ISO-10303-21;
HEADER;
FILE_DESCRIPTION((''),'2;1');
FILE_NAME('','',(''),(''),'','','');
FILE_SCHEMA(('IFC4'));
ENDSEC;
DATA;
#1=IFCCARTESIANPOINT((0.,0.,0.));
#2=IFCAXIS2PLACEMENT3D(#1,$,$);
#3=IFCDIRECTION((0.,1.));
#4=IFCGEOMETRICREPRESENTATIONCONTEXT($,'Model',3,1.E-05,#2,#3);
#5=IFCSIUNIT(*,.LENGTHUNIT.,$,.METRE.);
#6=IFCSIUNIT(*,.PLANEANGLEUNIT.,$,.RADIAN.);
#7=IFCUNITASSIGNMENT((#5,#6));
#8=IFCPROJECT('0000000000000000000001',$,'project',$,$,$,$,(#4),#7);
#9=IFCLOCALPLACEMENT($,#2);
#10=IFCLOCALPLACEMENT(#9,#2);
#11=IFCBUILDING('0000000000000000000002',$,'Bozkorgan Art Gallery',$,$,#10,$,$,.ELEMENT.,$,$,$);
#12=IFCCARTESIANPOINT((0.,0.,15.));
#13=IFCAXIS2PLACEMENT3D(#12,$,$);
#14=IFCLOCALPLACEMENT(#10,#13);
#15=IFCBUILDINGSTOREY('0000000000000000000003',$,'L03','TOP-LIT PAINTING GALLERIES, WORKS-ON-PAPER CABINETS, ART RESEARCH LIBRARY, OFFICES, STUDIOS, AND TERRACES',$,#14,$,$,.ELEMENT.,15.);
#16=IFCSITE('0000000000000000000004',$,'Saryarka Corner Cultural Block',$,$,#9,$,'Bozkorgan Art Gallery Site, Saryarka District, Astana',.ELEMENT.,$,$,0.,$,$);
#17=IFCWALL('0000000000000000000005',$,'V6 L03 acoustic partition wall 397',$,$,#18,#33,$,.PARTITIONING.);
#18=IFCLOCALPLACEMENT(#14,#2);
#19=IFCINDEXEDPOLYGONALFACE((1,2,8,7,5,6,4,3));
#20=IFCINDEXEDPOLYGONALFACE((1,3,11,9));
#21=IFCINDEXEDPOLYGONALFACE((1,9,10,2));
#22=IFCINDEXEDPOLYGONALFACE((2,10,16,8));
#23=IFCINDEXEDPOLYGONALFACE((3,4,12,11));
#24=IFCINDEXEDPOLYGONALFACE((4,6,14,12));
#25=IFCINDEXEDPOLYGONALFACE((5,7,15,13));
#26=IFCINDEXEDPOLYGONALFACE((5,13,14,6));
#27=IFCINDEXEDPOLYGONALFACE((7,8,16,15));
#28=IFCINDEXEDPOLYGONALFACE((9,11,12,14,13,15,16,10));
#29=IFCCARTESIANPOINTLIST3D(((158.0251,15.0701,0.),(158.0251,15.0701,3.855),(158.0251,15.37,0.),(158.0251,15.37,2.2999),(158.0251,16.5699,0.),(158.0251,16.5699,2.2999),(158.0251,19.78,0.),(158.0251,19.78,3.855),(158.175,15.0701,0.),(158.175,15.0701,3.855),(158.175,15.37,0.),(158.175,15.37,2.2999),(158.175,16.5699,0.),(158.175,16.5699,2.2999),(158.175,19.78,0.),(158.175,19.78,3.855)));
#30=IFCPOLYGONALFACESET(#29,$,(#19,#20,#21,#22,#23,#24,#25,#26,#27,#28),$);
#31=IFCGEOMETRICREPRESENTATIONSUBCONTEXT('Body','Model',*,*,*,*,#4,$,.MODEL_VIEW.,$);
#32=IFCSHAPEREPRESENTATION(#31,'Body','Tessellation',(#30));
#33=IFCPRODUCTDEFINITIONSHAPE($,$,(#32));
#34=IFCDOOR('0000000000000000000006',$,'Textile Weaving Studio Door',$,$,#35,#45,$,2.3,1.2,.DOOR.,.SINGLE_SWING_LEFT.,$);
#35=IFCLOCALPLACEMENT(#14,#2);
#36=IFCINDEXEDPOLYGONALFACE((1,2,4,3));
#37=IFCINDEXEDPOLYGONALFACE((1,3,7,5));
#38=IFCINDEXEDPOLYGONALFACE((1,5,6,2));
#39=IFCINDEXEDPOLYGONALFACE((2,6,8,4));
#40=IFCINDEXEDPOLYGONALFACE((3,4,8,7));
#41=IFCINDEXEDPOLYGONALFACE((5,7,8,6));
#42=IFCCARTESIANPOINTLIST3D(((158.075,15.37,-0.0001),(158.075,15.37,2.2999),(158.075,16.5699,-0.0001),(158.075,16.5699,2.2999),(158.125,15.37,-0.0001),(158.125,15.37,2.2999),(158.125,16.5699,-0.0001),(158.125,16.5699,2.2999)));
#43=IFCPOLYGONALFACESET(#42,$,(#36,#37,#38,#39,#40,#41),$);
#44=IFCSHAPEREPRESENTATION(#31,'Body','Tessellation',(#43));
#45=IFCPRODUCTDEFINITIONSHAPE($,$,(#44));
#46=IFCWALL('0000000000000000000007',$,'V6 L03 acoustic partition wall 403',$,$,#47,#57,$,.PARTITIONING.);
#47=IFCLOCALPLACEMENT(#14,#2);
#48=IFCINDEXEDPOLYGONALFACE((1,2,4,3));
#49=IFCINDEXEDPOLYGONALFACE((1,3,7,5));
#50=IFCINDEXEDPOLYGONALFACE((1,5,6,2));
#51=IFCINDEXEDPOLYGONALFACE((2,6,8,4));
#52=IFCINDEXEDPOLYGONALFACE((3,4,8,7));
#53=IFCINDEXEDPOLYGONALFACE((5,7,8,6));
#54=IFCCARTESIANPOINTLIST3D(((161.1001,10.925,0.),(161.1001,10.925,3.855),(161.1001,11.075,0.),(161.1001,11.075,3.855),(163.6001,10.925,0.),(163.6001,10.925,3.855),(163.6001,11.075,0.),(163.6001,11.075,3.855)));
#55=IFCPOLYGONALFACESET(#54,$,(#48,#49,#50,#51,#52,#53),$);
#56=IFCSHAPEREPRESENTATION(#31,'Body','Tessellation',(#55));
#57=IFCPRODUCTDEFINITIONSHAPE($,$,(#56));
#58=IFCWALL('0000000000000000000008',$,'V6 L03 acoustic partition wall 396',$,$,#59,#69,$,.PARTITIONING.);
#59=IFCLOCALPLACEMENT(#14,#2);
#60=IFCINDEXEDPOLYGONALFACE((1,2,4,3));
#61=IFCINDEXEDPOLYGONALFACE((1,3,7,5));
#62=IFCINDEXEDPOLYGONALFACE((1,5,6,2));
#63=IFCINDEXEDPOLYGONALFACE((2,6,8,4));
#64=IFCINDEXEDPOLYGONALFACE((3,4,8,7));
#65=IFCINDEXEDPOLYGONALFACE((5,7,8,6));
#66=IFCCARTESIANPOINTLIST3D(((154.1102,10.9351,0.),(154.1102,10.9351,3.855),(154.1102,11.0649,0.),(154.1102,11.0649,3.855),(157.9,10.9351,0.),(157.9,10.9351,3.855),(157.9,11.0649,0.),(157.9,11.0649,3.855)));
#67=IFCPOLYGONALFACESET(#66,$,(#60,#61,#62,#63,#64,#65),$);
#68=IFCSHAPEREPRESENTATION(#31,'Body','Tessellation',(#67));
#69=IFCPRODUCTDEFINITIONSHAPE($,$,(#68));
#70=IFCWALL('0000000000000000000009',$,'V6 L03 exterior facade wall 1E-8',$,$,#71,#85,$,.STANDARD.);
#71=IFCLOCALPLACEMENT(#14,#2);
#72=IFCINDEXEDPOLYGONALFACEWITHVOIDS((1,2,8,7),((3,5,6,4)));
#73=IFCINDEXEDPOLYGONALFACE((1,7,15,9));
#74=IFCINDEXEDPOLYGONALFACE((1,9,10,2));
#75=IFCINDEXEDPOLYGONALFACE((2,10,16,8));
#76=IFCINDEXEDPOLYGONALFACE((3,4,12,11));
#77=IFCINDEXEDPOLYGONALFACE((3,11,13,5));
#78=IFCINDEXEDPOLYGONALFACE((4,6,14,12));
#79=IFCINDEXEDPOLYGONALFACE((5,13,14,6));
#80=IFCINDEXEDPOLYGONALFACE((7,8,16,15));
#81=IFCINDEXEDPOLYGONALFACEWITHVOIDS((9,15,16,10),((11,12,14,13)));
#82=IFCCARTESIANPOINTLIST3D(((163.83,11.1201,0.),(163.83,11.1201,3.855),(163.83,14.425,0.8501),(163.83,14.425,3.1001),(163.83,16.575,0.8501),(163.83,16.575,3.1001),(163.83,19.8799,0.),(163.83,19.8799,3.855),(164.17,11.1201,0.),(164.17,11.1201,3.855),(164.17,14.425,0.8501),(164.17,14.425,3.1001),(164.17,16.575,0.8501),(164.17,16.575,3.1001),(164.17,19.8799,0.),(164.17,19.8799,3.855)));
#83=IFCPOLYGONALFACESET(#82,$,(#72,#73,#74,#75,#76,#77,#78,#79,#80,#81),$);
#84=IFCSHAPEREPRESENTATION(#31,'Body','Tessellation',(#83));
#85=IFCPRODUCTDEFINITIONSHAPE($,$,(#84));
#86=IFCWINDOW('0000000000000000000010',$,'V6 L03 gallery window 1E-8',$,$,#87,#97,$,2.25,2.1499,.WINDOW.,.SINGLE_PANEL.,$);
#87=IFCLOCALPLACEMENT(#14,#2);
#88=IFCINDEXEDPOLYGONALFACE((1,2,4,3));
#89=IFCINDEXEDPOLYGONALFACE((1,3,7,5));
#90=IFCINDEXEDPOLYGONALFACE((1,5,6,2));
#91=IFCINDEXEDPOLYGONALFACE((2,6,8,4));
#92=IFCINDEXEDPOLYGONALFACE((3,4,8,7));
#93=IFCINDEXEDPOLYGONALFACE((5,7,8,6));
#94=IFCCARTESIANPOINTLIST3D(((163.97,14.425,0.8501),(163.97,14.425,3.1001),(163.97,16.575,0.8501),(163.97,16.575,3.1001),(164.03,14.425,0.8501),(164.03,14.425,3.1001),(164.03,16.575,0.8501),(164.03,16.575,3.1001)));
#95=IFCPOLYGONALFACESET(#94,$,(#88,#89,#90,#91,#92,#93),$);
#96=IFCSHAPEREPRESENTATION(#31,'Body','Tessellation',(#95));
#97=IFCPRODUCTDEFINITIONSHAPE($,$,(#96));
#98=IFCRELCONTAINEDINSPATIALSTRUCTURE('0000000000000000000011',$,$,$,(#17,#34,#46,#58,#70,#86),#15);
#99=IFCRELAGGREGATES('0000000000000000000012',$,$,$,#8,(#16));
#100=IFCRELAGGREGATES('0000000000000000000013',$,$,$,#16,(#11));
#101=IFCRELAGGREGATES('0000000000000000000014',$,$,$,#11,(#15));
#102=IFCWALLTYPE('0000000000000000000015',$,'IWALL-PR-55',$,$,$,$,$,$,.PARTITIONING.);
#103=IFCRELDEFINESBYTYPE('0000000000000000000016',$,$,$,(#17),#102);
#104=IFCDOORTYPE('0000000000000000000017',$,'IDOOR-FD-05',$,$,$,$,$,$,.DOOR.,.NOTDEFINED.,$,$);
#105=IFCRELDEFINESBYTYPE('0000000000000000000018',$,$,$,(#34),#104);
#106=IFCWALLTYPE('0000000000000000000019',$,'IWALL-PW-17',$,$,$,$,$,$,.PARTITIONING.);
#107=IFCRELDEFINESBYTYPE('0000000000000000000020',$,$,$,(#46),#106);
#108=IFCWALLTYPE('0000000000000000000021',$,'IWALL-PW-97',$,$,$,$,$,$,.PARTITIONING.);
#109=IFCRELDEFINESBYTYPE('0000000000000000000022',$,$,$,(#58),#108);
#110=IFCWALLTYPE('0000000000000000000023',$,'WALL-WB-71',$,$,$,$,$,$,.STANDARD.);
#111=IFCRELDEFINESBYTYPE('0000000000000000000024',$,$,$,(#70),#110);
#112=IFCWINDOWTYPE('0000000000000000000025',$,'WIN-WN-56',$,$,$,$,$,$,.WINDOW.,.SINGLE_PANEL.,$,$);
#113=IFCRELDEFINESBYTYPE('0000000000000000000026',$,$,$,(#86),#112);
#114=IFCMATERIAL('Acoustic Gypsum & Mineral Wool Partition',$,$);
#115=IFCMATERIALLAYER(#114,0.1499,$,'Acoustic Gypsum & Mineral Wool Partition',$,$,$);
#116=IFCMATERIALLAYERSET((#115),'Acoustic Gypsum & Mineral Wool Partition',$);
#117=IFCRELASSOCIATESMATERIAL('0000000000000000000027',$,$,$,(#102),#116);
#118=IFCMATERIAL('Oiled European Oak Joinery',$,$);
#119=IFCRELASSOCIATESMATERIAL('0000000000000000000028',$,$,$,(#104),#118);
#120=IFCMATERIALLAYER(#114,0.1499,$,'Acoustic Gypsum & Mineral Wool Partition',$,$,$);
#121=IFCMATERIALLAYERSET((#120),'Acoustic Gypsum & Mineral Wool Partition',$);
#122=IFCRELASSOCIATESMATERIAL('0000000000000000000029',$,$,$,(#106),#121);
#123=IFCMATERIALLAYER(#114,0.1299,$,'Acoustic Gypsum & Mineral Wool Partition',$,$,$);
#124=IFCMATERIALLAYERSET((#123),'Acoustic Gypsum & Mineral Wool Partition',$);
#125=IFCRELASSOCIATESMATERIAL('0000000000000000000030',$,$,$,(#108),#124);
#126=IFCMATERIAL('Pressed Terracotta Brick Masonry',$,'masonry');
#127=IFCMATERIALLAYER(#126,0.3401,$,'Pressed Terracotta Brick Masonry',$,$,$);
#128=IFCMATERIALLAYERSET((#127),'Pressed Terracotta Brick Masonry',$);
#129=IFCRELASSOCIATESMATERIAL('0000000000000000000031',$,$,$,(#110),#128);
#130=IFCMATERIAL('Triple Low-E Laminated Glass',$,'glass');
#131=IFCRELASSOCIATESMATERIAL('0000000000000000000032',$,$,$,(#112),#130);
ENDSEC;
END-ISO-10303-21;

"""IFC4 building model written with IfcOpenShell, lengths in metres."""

from ifc_helpers import new_model, si_unit, direction, frame, frame_2d, origin, place, context, subcontext, project, spatial, rectangle, extrude, material, layer, layer_set, type_object, element, fill, save


model = new_model("IFC4")

# Units and contexts
model_context = context("Model", 3, precision=1e-05, world=origin(), true_north=direction((0.0, 1.0)))
body_context = subcontext(model_context, "Body", "Model", "MODEL_VIEW")
ifc_project = project(units=[si_unit("LENGTHUNIT", "METRE"), si_unit("PLANEANGLEUNIT", "RADIAN")], contexts=[model_context])

# Site, building, storey
site_placement = place(None, origin())
site = spatial("IfcSite", under=ifc_project, at=site_placement, Name="Saryarka Corner Cultural Block", LongName="Bozkorgan Art Gallery Site, Saryarka District, Astana", CompositionType="ELEMENT", RefElevation=0.0)
building_placement = place(site_placement, origin())
building = spatial("IfcBuilding", under=site, at=building_placement, Name="Bozkorgan Art Gallery", CompositionType="ELEMENT")
storey_placement = place(building_placement, frame((0.0, 0.0, 15.0)))
storey = spatial("IfcBuildingStorey", under=building, at=storey_placement, Name="L03", Description="TOP-LIT PAINTING GALLERIES, WORKS-ON-PAPER CABINETS, ART RESEARCH LIBRARY, OFFICES, STUDIOS, AND TERRACES", CompositionType="ELEMENT", Elevation=15.0)

# Wall, opening, door
ifc_material_1 = material(Name="Acoustic Gypsum & Mineral Wool Partition")
ifc_material_2 = material(Name="Oiled European Oak Joinery")
ifc_layer_1 = layer(ifc_material_1, 0.1499, Name="Acoustic Gypsum & Mineral Wool Partition")
ifc_layer_set_1 = layer_set([ifc_layer_1], Name="Acoustic Gypsum & Mineral Wool Partition")
wall_type_1 = type_object("IfcWallType", Name="IWALL-PR-55", PredefinedType="PARTITIONING", material=ifc_layer_set_1)
wall_1_placement = place(storey_placement, frame((158.1001, 15.0701, 0.0), z_axis=(0.0, 0.0, 1.0), x_axis=(0.0, 1.0, 0.0)))
wall_1 = element("IfcWall", 1, at=wall_1_placement, inside=storey, type_object=wall_type_1, Name="V6 L03 acoustic partition wall 397", PredefinedType="PARTITIONING", context=body_context, shape_type="SweptSolid", body=[
    extrude(rectangle(XDim=4.71, YDim=0.1499, at=frame_2d((2.355, 0.0))), origin(), (0.0, 0.0, 1.0), 3.855),
])
opening_1_placement = place(wall_1_placement, frame((1.5, 0.0, 0.0), z_axis=(0.0, 0.0, 1.0), x_axis=(-1.0, 0.0, 0.0)))
opening_1 = element("IfcOpeningElement", 2, at=opening_1_placement, cuts=wall_1, PredefinedType="OPENING", context=body_context, shape_type="SweptSolid", body=[
    extrude(rectangle(XDim=1.2, YDim=2.3, at=frame_2d((0.6001, 1.1499))), frame((0.0, 0.085, 0.0), z_axis=(0.0, -1.0, 0.0), x_axis=(1.0, 0.0, 0.0)), (0.0, 0.0, 1.0), 0.1699),
])
door_type_1 = type_object("IfcDoorType", Name="IDOOR-FD-05", OperationType="NOTDEFINED", PredefinedType="DOOR", material=ifc_material_2)
door_1_placement = place(opening_1_placement, origin())
door_1 = element("IfcDoor", 3, at=door_1_placement, inside=storey, type_object=door_type_1, Name="Textile Weaving Studio Door", OperationType="SINGLE_SWING_LEFT", OverallHeight=2.3, OverallWidth=1.2, PredefinedType="DOOR", context=body_context, shape_type="SweptSolid", body=[
    extrude(rectangle(XDim=1.2, YDim=2.3, at=frame_2d((0.6001, 1.1499))), frame((0.0, 0.0249, 0.0), z_axis=(0.0, -1.0, 0.0), x_axis=(1.0, 0.0, 0.0)), (0.0, 0.0, 1.0), 0.05),
])
fill(opening_1, door_1)

# Walls
ifc_layer_2 = layer(ifc_material_1, 0.1499, Name="Acoustic Gypsum & Mineral Wool Partition")
ifc_layer_set_2 = layer_set([ifc_layer_2], Name="Acoustic Gypsum & Mineral Wool Partition")
wall_type_2 = type_object("IfcWallType", Name="IWALL-PW-17", PredefinedType="PARTITIONING", material=ifc_layer_set_2)
wall_2_placement = place(storey_placement, frame((161.1001, 11.0, 0.0), z_axis=(0.0, 0.0, 1.0), x_axis=(1.0, 0.0, 0.0)))
element("IfcWall", 4, at=wall_2_placement, inside=storey, type_object=wall_type_2, Name="V6 L03 acoustic partition wall 403", PredefinedType="PARTITIONING", context=body_context, shape_type="SweptSolid", body=[
    extrude(rectangle(XDim=2.5, YDim=0.1499, at=frame_2d((1.25, 0.0))), origin(), (0.0, 0.0, 1.0), 3.855),
])
ifc_layer_3 = layer(ifc_material_1, 0.1299, Name="Acoustic Gypsum & Mineral Wool Partition")
ifc_layer_set_3 = layer_set([ifc_layer_3], Name="Acoustic Gypsum & Mineral Wool Partition")
wall_type_3 = type_object("IfcWallType", Name="IWALL-PW-97", PredefinedType="PARTITIONING", material=ifc_layer_set_3)
wall_3_placement = place(storey_placement, frame((154.1101, 11.0, 0.0), z_axis=(0.0, 0.0, 1.0), x_axis=(1.0, 0.0, 0.0)))
element("IfcWall", 5, at=wall_3_placement, inside=storey, type_object=wall_type_3, Name="V6 L03 acoustic partition wall 396", PredefinedType="PARTITIONING", context=body_context, shape_type="SweptSolid", body=[
    extrude(rectangle(XDim=3.7898, YDim=0.1299, at=frame_2d((1.895, 0.0))), origin(), (0.0, 0.0, 1.0), 3.855),
])

# Wall, opening, window
ifc_material_3 = material(Name="Pressed Terracotta Brick Masonry", Category="masonry")
ifc_layer_4 = layer(ifc_material_3, 0.3401, Name="Pressed Terracotta Brick Masonry")
ifc_layer_set_4 = layer_set([ifc_layer_4], Name="Pressed Terracotta Brick Masonry")
wall_type_4 = type_object("IfcWallType", Name="WALL-WB-71", PredefinedType="STANDARD", material=ifc_layer_set_4)
wall_4_placement = place(storey_placement, frame((164.0, 11.1201, 0.0), z_axis=(0.0, 0.0, 1.0), x_axis=(0.0, 1.0, 0.0)))
wall_4 = element("IfcWall", 6, at=wall_4_placement, inside=storey, type_object=wall_type_4, Name="V6 L03 exterior facade wall 1E-8", PredefinedType="STANDARD", context=body_context, shape_type="SweptSolid", body=[
    extrude(rectangle(XDim=8.7598, YDim=0.3401, at=frame_2d((4.3799, 0.0))), origin(), (0.0, 0.0, 1.0), 3.855),
])
opening_2_placement = place(wall_4_placement, frame((5.4548, 0.0, 0.8501), z_axis=(0.0, 0.0, 1.0), x_axis=(-1.0, 0.0, 0.0)))
opening_2 = element("IfcOpeningElement", 7, at=opening_2_placement, cuts=wall_4, PredefinedType="OPENING", context=body_context, shape_type="SweptSolid", body=[
    extrude(rectangle(XDim=2.1499, YDim=2.25, at=frame_2d((1.075, 1.125))), frame((0.0, 0.1802, 0.0), z_axis=(0.0, -1.0, 0.0), x_axis=(1.0, 0.0, 0.0)), (0.0, 0.0, 1.0), 0.3601),
])
ifc_material_4 = material(Name="Triple Low-E Laminated Glass", Category="glass")
window_type = type_object("IfcWindowType", Name="WIN-WN-56", PartitioningType="SINGLE_PANEL", PredefinedType="WINDOW", material=ifc_material_4)
window_placement = place(opening_2_placement, origin())
window = element("IfcWindow", 8, at=window_placement, inside=storey, type_object=window_type, Name="V6 L03 gallery window 1E-8", OverallHeight=2.25, OverallWidth=2.1499, PartitioningType="SINGLE_PANEL", PredefinedType="WINDOW", context=body_context, shape_type="SweptSolid", body=[
    extrude(rectangle(XDim=2.1499, YDim=2.25, at=frame_2d((1.075, 1.125))), frame((0.0, 0.03, 0.0), z_axis=(0.0, -1.0, 0.0), x_axis=(1.0, 0.0, 0.0)), (0.0, 0.0, 1.0), 0.0601),
])
fill(opening_2, window)

save(model, "model.ifc")
